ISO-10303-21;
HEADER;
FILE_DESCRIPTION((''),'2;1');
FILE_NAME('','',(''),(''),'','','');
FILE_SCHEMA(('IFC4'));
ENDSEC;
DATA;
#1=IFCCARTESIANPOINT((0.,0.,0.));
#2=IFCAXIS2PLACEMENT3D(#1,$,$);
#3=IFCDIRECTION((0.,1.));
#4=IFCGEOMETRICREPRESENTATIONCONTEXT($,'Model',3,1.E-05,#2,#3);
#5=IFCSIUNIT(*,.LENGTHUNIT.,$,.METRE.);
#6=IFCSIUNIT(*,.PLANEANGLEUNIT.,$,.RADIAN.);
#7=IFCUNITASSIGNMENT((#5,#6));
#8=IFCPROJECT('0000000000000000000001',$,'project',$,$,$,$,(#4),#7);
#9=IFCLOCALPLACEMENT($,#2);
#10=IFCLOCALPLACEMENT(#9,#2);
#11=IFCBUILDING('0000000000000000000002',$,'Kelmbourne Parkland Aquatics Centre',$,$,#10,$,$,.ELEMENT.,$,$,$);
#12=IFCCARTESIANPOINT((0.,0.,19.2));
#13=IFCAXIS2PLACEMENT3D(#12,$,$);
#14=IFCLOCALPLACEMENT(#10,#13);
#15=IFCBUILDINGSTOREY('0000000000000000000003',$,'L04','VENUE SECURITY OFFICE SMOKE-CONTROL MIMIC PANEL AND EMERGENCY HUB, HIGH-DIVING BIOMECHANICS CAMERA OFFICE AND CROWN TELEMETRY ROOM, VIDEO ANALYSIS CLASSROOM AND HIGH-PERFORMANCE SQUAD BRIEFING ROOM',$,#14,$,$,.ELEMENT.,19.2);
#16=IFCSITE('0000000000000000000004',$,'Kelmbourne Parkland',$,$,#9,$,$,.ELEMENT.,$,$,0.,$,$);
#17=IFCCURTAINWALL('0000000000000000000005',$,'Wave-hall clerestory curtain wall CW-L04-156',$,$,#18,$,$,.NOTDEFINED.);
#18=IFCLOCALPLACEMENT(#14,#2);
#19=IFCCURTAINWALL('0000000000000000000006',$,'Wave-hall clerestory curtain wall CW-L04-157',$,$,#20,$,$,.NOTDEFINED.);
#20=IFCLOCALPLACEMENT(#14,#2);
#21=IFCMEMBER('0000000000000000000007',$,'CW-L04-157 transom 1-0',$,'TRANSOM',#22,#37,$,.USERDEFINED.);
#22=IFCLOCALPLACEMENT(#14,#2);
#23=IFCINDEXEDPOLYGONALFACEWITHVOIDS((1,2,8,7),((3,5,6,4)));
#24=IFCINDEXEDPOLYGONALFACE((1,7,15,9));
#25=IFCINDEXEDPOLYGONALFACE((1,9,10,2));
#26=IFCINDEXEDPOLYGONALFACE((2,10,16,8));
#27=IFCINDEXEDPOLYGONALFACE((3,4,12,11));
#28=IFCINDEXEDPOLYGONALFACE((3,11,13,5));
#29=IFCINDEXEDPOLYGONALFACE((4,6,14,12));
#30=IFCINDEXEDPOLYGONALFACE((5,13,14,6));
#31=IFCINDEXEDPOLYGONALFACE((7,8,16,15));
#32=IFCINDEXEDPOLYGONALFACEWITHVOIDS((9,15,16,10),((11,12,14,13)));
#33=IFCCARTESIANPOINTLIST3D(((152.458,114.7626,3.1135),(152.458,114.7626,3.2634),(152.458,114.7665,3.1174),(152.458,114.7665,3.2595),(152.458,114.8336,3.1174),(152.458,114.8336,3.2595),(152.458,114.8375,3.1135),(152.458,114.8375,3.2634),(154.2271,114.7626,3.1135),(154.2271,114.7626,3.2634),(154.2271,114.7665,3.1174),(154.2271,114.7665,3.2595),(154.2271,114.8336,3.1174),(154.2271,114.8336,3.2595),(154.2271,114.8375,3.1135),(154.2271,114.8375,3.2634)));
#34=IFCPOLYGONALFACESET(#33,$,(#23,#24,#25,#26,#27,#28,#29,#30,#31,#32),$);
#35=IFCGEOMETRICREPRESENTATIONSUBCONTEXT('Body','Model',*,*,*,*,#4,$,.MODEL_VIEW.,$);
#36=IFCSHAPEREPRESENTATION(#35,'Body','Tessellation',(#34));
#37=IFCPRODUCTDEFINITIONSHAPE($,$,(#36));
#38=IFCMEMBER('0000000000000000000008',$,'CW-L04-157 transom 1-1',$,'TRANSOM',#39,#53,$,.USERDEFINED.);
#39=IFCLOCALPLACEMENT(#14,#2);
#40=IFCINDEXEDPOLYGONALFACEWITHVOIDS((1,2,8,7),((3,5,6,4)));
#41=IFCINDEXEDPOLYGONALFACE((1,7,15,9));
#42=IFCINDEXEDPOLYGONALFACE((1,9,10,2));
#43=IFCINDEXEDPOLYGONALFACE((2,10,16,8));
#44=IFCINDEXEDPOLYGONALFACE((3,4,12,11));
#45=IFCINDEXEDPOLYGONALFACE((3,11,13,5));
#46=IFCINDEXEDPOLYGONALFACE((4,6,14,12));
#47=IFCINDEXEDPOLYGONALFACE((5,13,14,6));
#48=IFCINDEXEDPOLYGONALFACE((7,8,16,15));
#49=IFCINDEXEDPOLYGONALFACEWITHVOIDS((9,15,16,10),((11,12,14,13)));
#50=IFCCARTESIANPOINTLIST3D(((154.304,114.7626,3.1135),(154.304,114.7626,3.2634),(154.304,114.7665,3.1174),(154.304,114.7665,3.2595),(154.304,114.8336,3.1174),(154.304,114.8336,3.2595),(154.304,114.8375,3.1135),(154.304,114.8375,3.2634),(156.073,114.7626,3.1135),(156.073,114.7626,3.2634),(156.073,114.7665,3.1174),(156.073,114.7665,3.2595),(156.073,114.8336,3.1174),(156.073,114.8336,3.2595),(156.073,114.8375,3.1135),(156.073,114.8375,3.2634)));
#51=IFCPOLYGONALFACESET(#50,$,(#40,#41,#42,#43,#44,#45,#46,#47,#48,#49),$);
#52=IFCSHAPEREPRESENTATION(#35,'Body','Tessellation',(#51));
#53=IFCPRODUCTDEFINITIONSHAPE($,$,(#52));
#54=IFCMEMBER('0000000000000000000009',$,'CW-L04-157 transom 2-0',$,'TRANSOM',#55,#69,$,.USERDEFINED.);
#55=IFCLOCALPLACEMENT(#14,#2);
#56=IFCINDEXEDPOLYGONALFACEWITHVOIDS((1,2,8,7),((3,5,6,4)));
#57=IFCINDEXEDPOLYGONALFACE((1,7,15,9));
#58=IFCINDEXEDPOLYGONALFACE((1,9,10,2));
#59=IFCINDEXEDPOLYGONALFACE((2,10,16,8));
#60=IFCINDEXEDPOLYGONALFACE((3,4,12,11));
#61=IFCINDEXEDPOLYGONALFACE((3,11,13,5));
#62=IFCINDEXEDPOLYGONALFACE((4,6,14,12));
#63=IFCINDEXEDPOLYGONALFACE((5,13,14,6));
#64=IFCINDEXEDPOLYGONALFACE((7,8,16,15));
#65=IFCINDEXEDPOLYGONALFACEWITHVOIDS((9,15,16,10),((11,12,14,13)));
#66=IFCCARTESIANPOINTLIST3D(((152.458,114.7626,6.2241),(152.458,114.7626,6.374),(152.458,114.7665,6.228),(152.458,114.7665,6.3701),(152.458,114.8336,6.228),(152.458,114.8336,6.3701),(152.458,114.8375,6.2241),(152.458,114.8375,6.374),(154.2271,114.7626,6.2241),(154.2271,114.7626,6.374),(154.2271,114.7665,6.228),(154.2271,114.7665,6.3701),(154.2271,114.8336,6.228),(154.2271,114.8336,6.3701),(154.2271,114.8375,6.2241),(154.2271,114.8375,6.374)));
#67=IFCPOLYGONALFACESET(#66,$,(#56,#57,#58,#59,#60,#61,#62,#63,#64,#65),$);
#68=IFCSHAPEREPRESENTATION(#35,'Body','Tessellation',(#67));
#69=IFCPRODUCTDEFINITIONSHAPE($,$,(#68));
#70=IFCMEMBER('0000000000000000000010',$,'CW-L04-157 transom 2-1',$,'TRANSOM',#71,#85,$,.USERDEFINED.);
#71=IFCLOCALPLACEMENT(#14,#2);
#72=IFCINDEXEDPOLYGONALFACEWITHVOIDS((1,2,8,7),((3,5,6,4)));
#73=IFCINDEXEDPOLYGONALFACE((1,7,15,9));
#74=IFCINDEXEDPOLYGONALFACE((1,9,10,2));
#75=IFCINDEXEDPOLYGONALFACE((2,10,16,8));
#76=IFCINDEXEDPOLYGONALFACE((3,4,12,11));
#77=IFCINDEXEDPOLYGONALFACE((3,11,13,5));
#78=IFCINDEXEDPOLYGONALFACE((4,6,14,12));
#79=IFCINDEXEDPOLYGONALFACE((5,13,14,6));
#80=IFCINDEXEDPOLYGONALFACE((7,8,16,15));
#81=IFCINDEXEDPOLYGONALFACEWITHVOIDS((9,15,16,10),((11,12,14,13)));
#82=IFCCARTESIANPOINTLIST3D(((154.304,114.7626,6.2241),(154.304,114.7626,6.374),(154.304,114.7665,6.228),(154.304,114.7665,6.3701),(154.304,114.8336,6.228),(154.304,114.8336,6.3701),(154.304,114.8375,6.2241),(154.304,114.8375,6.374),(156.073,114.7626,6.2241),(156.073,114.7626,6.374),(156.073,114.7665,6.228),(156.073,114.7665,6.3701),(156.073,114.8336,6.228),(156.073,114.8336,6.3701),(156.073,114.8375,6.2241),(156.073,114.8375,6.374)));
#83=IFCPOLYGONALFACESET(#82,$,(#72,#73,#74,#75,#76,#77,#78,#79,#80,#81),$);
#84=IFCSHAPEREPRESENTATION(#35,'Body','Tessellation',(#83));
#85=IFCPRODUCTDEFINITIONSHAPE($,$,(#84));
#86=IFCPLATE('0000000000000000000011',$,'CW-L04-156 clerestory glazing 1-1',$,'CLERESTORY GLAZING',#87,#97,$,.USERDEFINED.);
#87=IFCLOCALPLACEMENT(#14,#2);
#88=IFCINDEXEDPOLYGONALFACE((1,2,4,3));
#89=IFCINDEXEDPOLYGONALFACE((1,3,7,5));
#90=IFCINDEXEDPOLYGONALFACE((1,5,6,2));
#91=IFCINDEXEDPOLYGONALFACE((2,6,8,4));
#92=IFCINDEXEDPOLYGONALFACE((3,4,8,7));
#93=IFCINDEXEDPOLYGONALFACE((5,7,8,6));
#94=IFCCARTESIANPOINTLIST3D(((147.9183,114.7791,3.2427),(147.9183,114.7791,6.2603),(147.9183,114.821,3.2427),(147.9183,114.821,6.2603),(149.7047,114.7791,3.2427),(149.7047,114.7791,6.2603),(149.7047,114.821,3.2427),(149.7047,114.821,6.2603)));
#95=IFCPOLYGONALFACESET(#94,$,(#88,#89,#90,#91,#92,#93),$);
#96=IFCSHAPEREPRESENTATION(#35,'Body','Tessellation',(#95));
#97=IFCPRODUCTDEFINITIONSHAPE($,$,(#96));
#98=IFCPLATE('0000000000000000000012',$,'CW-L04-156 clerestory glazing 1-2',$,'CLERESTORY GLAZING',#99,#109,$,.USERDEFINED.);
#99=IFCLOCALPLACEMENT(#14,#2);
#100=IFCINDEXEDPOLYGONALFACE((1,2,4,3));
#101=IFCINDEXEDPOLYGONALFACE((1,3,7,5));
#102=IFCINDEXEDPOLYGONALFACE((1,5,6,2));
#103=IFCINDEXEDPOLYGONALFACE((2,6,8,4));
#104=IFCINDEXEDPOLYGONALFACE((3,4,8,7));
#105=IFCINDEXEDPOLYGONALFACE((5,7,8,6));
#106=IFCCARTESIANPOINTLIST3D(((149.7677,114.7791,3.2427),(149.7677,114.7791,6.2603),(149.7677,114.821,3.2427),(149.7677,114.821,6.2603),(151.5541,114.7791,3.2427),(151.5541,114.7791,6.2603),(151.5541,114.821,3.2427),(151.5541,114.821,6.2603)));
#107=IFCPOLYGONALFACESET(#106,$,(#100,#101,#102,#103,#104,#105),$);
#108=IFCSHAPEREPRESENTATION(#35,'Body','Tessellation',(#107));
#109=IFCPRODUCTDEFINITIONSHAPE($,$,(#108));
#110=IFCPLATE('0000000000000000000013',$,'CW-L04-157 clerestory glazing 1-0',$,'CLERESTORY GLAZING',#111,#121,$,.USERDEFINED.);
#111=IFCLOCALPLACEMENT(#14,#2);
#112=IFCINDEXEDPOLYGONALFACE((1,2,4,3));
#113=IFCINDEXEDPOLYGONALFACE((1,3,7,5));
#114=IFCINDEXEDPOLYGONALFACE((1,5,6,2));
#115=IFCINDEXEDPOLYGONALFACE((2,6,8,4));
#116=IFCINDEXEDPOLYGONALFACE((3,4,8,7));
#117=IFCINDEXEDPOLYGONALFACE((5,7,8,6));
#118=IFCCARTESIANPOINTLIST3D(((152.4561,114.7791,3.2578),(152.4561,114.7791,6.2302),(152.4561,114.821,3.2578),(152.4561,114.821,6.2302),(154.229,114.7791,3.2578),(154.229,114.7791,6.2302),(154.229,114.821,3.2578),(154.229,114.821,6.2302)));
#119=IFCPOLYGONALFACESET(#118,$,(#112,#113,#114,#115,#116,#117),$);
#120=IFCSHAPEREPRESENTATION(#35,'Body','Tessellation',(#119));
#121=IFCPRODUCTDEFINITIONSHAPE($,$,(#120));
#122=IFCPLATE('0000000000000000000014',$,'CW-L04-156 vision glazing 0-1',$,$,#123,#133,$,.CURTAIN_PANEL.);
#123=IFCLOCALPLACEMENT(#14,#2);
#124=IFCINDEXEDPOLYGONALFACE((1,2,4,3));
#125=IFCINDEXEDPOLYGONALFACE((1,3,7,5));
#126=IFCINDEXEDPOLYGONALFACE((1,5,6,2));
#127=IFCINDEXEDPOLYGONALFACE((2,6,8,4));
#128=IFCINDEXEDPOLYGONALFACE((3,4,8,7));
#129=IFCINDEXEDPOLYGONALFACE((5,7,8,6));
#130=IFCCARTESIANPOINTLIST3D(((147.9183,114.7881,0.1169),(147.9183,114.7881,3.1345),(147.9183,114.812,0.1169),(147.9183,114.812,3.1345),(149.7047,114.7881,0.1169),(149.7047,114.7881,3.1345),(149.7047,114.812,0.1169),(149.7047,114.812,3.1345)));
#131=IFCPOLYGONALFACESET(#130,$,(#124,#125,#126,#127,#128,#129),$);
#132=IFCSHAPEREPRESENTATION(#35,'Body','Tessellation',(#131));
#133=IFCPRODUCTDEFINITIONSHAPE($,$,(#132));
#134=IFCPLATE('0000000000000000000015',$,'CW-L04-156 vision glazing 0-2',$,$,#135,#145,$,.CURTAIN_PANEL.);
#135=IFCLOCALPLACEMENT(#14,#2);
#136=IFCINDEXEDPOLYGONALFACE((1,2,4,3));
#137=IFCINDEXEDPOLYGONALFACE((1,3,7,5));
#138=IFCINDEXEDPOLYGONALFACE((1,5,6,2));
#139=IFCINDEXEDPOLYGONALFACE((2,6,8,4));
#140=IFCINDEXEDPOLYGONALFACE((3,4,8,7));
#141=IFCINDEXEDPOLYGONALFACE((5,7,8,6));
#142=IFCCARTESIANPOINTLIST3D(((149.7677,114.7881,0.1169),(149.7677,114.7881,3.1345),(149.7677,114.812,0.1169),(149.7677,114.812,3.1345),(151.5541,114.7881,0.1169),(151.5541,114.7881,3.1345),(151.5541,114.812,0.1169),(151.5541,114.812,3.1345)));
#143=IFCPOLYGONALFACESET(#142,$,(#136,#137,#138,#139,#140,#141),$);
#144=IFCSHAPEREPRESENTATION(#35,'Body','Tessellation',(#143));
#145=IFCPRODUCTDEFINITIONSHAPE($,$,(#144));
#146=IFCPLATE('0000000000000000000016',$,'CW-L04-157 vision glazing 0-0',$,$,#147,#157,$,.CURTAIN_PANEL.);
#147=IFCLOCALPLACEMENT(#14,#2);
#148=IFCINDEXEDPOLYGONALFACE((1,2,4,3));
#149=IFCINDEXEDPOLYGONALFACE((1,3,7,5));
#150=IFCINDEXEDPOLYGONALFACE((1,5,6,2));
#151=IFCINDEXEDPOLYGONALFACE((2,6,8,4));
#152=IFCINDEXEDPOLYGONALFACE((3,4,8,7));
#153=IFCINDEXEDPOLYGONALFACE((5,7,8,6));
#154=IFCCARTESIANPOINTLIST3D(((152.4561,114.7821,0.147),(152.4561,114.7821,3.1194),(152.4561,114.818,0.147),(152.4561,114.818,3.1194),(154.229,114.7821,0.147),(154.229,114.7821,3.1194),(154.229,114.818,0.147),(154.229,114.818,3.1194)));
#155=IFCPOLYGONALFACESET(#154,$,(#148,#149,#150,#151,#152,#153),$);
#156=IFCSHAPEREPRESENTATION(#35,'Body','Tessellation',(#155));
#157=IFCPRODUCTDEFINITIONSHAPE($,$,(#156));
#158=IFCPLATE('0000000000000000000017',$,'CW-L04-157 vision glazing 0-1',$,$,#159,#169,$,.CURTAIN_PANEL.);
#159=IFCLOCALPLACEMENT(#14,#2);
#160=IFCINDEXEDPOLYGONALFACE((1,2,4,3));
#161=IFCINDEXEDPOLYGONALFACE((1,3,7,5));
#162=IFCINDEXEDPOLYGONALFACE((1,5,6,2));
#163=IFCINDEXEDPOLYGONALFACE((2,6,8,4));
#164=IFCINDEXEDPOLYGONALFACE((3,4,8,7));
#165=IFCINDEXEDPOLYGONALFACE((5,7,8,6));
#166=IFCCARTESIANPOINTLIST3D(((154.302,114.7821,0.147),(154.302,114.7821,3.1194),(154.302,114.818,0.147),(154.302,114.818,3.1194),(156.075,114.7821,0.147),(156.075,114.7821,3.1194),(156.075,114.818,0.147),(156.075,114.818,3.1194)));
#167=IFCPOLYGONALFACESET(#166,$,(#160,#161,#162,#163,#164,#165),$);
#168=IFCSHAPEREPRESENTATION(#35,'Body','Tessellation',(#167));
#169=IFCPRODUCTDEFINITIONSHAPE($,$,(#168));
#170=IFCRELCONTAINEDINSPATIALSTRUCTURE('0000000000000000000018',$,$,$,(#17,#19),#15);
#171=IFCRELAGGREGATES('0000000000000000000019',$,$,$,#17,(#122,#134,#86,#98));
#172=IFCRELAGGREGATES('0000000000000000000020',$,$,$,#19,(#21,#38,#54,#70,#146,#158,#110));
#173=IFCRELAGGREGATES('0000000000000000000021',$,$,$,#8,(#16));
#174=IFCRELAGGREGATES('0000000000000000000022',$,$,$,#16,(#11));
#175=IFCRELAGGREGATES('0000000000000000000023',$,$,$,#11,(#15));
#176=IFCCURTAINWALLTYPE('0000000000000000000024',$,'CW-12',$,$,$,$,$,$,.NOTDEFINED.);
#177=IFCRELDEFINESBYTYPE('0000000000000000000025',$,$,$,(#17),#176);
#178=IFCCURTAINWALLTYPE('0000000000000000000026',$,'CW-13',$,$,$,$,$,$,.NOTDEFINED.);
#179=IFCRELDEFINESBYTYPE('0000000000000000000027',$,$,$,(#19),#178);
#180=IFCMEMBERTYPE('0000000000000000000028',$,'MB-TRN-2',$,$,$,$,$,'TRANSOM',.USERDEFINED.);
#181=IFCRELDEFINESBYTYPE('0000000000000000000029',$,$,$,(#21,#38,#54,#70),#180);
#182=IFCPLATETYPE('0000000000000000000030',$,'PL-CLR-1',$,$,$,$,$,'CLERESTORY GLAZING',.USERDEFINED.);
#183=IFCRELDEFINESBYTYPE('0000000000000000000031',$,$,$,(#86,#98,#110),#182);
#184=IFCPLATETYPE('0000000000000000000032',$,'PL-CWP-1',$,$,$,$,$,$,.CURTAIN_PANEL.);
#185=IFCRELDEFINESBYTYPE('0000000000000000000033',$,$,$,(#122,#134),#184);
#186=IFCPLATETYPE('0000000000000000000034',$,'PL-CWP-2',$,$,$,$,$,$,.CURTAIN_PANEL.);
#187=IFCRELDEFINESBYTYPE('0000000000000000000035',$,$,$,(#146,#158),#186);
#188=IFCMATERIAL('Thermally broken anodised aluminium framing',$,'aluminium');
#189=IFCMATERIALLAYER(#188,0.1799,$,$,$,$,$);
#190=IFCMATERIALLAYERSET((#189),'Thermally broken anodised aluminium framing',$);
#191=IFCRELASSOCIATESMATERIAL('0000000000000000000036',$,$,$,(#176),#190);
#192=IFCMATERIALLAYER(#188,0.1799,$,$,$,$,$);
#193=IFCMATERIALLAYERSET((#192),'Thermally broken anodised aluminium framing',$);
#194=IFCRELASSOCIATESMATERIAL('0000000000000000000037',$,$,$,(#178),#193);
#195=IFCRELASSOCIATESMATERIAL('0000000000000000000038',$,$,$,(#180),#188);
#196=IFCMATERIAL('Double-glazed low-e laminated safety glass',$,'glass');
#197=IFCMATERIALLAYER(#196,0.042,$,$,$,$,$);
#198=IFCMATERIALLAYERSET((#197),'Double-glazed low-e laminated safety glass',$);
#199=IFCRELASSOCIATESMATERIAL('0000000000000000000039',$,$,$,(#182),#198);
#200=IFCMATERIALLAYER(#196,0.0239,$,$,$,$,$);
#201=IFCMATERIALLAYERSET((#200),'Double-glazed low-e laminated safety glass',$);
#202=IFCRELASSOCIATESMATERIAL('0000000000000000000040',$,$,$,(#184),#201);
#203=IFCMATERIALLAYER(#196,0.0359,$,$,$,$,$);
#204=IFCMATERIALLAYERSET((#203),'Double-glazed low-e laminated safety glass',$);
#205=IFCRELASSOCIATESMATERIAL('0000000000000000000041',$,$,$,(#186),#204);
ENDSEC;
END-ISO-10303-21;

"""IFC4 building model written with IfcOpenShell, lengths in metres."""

from ifc_helpers import new_model, si_unit, direction, frame, origin, origin_2d, place, context, subcontext, project, spatial, rectangle, hollow_rectangle, extrude, material, layer, layer_set, material_profile, profile_set, type_object, element, aggregate, save


model = new_model("IFC4")

# Units and contexts
model_context = context("Model", 3, precision=1e-05, world=origin(), true_north=direction((0.0, 1.0)))
body_context = subcontext(model_context, "Body", "Model", "MODEL_VIEW")
ifc_project = project(units=[si_unit("LENGTHUNIT", "METRE"), si_unit("PLANEANGLEUNIT", "RADIAN")], contexts=[model_context])

# Site, building, storey
site_placement = place(None, origin())
site = spatial("IfcSite", under=ifc_project, at=site_placement, Name="Kelmbourne Parkland", CompositionType="ELEMENT", RefElevation=0.0)
building_placement = place(site_placement, origin())
building = spatial("IfcBuilding", under=site, at=building_placement, Name="Kelmbourne Parkland Aquatics Centre", CompositionType="ELEMENT")
storey_placement = place(building_placement, frame((0.0, 0.0, 19.2)))
storey = spatial("IfcBuildingStorey", under=building, at=storey_placement, Name="L04", Description="VENUE SECURITY OFFICE SMOKE-CONTROL MIMIC PANEL AND EMERGENCY HUB, HIGH-DIVING BIOMECHANICS CAMERA OFFICE AND CROWN TELEMETRY ROOM, VIDEO ANALYSIS CLASSROOM AND HIGH-PERFORMANCE SQUAD BRIEFING ROOM", CompositionType="ELEMENT", Elevation=19.2)

# Curtain walls
ifc_material_1 = material(Name="Thermally broken anodised aluminium framing", Category="aluminium")
ifc_layer_1 = layer(ifc_material_1, 0.1799)
ifc_layer_set_1 = layer_set([ifc_layer_1], Name="Thermally broken anodised aluminium framing")
curtain_wall_type_1 = type_object("IfcCurtainWallType", Name="CW-12", PredefinedType="NOTDEFINED", material=ifc_layer_set_1)
curtain_wall_1_placement = place(storey_placement, origin())
curtain_wall_1 = element("IfcCurtainWall", 1, at=curtain_wall_1_placement, inside=storey, type_object=curtain_wall_type_1, Name="Wave-hall clerestory curtain wall CW-L04-156", PredefinedType="NOTDEFINED")
ifc_layer_2 = layer(ifc_material_1, 0.1799)
ifc_layer_set_2 = layer_set([ifc_layer_2], Name="Thermally broken anodised aluminium framing")
curtain_wall_type_2 = type_object("IfcCurtainWallType", Name="CW-13", PredefinedType="NOTDEFINED", material=ifc_layer_set_2)
curtain_wall_2_placement = place(storey_placement, origin())
curtain_wall_2 = element("IfcCurtainWall", 2, at=curtain_wall_2_placement, inside=storey, type_object=curtain_wall_type_2, Name="Wave-hall clerestory curtain wall CW-L04-157", PredefinedType="NOTDEFINED")

# Members
ifc_material_profile_1 = material_profile(ifc_material_1, hollow_rectangle(XDim=0.075, YDim=0.1499, WallThickness=0.0039, at=origin_2d()), Name="CW-T 75x150")
ifc_profile_set_1 = profile_set([ifc_material_profile_1], Name="Thermally broken anodised aluminium framing")
member_type_1 = type_object("IfcMemberType", Name="MB-TRN-2", ElementType="TRANSOM", PredefinedType="USERDEFINED", material=ifc_profile_set_1)
member_1_placement = place(storey_placement, frame((152.458, 114.8, 3.1885), z_axis=(1.0, 0.0, 0.0), x_axis=(0.0, 1.0, 0.0)))
member_1 = element("IfcMember", 3, at=member_1_placement, type_object=member_type_1, Name="CW-L04-157 transom 1-0", ObjectType="TRANSOM", PredefinedType="USERDEFINED", context=body_context, shape_type="SweptSolid", body=[
    extrude(hollow_rectangle(XDim=0.075, YDim=0.1499, WallThickness=0.0039, at=origin_2d()), origin(), (0.0, 0.0, 1.0), 1.769),
])
member_2_placement = place(storey_placement, frame((154.304, 114.8, 3.1885), z_axis=(1.0, 0.0, 0.0), x_axis=(0.0, 1.0, 0.0)))
member_2 = element("IfcMember", 4, at=member_2_placement, type_object=member_type_1, Name="CW-L04-157 transom 1-1", ObjectType="TRANSOM", PredefinedType="USERDEFINED", context=body_context, shape_type="SweptSolid", body=[
    extrude(hollow_rectangle(XDim=0.075, YDim=0.1499, WallThickness=0.0039, at=origin_2d()), origin(), (0.0, 0.0, 1.0), 1.769),
])
member_3_placement = place(storey_placement, frame((152.458, 114.8, 6.2991), z_axis=(1.0, 0.0, 0.0), x_axis=(0.0, 1.0, 0.0)))
member_3 = element("IfcMember", 5, at=member_3_placement, type_object=member_type_1, Name="CW-L04-157 transom 2-0", ObjectType="TRANSOM", PredefinedType="USERDEFINED", context=body_context, shape_type="SweptSolid", body=[
    extrude(hollow_rectangle(XDim=0.075, YDim=0.1499, WallThickness=0.0039, at=origin_2d()), origin(), (0.0, 0.0, 1.0), 1.769),
])
member_4_placement = place(storey_placement, frame((154.304, 114.8, 6.2991), z_axis=(1.0, 0.0, 0.0), x_axis=(0.0, 1.0, 0.0)))
member_4 = element("IfcMember", 6, at=member_4_placement, type_object=member_type_1, Name="CW-L04-157 transom 2-1", ObjectType="TRANSOM", PredefinedType="USERDEFINED", context=body_context, shape_type="SweptSolid", body=[
    extrude(hollow_rectangle(XDim=0.075, YDim=0.1499, WallThickness=0.0039, at=origin_2d()), origin(), (0.0, 0.0, 1.0), 1.769),
])

# Plates
ifc_material_2 = material(Name="Double-glazed low-e laminated safety glass", Category="glass")
ifc_layer_3 = layer(ifc_material_2, 0.042)
ifc_layer_set_3 = layer_set([ifc_layer_3], Name="Double-glazed low-e laminated safety glass")
plate_type_1 = type_object("IfcPlateType", Name="PL-CLR-1", ElementType="CLERESTORY GLAZING", PredefinedType="USERDEFINED", material=ifc_layer_set_3)
plate_1_placement = place(storey_placement, frame((148.8115, 114.8, 3.2427), z_axis=(0.0, 0.0, 1.0), x_axis=(1.0, 0.0, 0.0)))
plate_1 = element("IfcPlate", 7, at=plate_1_placement, type_object=plate_type_1, Name="CW-L04-156 clerestory glazing 1-1", ObjectType="CLERESTORY GLAZING", PredefinedType="USERDEFINED", context=body_context, shape_type="SweptSolid", body=[
    extrude(rectangle(XDim=1.7864, YDim=0.042, at=origin_2d()), origin(), (0.0, 0.0, 1.0), 3.0176),
])
plate_2_placement = place(storey_placement, frame((150.6609, 114.8, 3.2427), z_axis=(0.0, 0.0, 1.0), x_axis=(1.0, 0.0, 0.0)))
plate_2 = element("IfcPlate", 8, at=plate_2_placement, type_object=plate_type_1, Name="CW-L04-156 clerestory glazing 1-2", ObjectType="CLERESTORY GLAZING", PredefinedType="USERDEFINED", context=body_context, shape_type="SweptSolid", body=[
    extrude(rectangle(XDim=1.7864, YDim=0.042, at=origin_2d()), origin(), (0.0, 0.0, 1.0), 3.0176),
])
plate_3_placement = place(storey_placement, frame((153.3425, 114.8, 3.2578), z_axis=(0.0, 0.0, 1.0), x_axis=(1.0, 0.0, 0.0)))
plate_3 = element("IfcPlate", 9, at=plate_3_placement, type_object=plate_type_1, Name="CW-L04-157 clerestory glazing 1-0", ObjectType="CLERESTORY GLAZING", PredefinedType="USERDEFINED", context=body_context, shape_type="SweptSolid", body=[
    extrude(rectangle(XDim=1.7729, YDim=0.042, at=origin_2d()), origin(), (0.0, 0.0, 1.0), 2.9724),
])
ifc_layer_4 = layer(ifc_material_2, 0.0239)
ifc_layer_set_4 = layer_set([ifc_layer_4], Name="Double-glazed low-e laminated safety glass")
plate_type_2 = type_object("IfcPlateType", Name="PL-CWP-1", PredefinedType="CURTAIN_PANEL", material=ifc_layer_set_4)
plate_4_placement = place(storey_placement, frame((148.8115, 114.8, 0.1169), z_axis=(0.0, 0.0, 1.0), x_axis=(1.0, 0.0, 0.0)))
plate_4 = element("IfcPlate", 10, at=plate_4_placement, type_object=plate_type_2, Name="CW-L04-156 vision glazing 0-1", PredefinedType="CURTAIN_PANEL", context=body_context, shape_type="SweptSolid", body=[
    extrude(rectangle(XDim=1.7864, YDim=0.0239, at=origin_2d()), origin(), (0.0, 0.0, 1.0), 3.0176),
])
plate_5_placement = place(storey_placement, frame((150.6609, 114.8, 0.1169), z_axis=(0.0, 0.0, 1.0), x_axis=(1.0, 0.0, 0.0)))
plate_5 = element("IfcPlate", 11, at=plate_5_placement, type_object=plate_type_2, Name="CW-L04-156 vision glazing 0-2", PredefinedType="CURTAIN_PANEL", context=body_context, shape_type="SweptSolid", body=[
    extrude(rectangle(XDim=1.7864, YDim=0.0239, at=origin_2d()), origin(), (0.0, 0.0, 1.0), 3.0176),
])
aggregate(curtain_wall_1, [plate_4, plate_5, plate_1, plate_2])
ifc_layer_5 = layer(ifc_material_2, 0.0359)
ifc_layer_set_5 = layer_set([ifc_layer_5], Name="Double-glazed low-e laminated safety glass")
plate_type_3 = type_object("IfcPlateType", Name="PL-CWP-2", PredefinedType="CURTAIN_PANEL", material=ifc_layer_set_5)
plate_6_placement = place(storey_placement, frame((153.3425, 114.8, 0.147), z_axis=(0.0, 0.0, 1.0), x_axis=(1.0, 0.0, 0.0)))
plate_6 = element("IfcPlate", 12, at=plate_6_placement, type_object=plate_type_3, Name="CW-L04-157 vision glazing 0-0", PredefinedType="CURTAIN_PANEL", context=body_context, shape_type="SweptSolid", body=[
    extrude(rectangle(XDim=1.7729, YDim=0.0359, at=origin_2d()), origin(), (0.0, 0.0, 1.0), 2.9724),
])
plate_7_placement = place(storey_placement, frame((155.1885, 114.8, 0.147), z_axis=(0.0, 0.0, 1.0), x_axis=(1.0, 0.0, 0.0)))
plate_7 = element("IfcPlate", 13, at=plate_7_placement, type_object=plate_type_3, Name="CW-L04-157 vision glazing 0-1", PredefinedType="CURTAIN_PANEL", context=body_context, shape_type="SweptSolid", body=[
    extrude(rectangle(XDim=1.7729, YDim=0.0359, at=origin_2d()), origin(), (0.0, 0.0, 1.0), 2.9724),
])
aggregate(curtain_wall_2, [member_1, member_2, member_3, member_4, plate_6, plate_7, plate_3])

save(model, "model.ifc")
